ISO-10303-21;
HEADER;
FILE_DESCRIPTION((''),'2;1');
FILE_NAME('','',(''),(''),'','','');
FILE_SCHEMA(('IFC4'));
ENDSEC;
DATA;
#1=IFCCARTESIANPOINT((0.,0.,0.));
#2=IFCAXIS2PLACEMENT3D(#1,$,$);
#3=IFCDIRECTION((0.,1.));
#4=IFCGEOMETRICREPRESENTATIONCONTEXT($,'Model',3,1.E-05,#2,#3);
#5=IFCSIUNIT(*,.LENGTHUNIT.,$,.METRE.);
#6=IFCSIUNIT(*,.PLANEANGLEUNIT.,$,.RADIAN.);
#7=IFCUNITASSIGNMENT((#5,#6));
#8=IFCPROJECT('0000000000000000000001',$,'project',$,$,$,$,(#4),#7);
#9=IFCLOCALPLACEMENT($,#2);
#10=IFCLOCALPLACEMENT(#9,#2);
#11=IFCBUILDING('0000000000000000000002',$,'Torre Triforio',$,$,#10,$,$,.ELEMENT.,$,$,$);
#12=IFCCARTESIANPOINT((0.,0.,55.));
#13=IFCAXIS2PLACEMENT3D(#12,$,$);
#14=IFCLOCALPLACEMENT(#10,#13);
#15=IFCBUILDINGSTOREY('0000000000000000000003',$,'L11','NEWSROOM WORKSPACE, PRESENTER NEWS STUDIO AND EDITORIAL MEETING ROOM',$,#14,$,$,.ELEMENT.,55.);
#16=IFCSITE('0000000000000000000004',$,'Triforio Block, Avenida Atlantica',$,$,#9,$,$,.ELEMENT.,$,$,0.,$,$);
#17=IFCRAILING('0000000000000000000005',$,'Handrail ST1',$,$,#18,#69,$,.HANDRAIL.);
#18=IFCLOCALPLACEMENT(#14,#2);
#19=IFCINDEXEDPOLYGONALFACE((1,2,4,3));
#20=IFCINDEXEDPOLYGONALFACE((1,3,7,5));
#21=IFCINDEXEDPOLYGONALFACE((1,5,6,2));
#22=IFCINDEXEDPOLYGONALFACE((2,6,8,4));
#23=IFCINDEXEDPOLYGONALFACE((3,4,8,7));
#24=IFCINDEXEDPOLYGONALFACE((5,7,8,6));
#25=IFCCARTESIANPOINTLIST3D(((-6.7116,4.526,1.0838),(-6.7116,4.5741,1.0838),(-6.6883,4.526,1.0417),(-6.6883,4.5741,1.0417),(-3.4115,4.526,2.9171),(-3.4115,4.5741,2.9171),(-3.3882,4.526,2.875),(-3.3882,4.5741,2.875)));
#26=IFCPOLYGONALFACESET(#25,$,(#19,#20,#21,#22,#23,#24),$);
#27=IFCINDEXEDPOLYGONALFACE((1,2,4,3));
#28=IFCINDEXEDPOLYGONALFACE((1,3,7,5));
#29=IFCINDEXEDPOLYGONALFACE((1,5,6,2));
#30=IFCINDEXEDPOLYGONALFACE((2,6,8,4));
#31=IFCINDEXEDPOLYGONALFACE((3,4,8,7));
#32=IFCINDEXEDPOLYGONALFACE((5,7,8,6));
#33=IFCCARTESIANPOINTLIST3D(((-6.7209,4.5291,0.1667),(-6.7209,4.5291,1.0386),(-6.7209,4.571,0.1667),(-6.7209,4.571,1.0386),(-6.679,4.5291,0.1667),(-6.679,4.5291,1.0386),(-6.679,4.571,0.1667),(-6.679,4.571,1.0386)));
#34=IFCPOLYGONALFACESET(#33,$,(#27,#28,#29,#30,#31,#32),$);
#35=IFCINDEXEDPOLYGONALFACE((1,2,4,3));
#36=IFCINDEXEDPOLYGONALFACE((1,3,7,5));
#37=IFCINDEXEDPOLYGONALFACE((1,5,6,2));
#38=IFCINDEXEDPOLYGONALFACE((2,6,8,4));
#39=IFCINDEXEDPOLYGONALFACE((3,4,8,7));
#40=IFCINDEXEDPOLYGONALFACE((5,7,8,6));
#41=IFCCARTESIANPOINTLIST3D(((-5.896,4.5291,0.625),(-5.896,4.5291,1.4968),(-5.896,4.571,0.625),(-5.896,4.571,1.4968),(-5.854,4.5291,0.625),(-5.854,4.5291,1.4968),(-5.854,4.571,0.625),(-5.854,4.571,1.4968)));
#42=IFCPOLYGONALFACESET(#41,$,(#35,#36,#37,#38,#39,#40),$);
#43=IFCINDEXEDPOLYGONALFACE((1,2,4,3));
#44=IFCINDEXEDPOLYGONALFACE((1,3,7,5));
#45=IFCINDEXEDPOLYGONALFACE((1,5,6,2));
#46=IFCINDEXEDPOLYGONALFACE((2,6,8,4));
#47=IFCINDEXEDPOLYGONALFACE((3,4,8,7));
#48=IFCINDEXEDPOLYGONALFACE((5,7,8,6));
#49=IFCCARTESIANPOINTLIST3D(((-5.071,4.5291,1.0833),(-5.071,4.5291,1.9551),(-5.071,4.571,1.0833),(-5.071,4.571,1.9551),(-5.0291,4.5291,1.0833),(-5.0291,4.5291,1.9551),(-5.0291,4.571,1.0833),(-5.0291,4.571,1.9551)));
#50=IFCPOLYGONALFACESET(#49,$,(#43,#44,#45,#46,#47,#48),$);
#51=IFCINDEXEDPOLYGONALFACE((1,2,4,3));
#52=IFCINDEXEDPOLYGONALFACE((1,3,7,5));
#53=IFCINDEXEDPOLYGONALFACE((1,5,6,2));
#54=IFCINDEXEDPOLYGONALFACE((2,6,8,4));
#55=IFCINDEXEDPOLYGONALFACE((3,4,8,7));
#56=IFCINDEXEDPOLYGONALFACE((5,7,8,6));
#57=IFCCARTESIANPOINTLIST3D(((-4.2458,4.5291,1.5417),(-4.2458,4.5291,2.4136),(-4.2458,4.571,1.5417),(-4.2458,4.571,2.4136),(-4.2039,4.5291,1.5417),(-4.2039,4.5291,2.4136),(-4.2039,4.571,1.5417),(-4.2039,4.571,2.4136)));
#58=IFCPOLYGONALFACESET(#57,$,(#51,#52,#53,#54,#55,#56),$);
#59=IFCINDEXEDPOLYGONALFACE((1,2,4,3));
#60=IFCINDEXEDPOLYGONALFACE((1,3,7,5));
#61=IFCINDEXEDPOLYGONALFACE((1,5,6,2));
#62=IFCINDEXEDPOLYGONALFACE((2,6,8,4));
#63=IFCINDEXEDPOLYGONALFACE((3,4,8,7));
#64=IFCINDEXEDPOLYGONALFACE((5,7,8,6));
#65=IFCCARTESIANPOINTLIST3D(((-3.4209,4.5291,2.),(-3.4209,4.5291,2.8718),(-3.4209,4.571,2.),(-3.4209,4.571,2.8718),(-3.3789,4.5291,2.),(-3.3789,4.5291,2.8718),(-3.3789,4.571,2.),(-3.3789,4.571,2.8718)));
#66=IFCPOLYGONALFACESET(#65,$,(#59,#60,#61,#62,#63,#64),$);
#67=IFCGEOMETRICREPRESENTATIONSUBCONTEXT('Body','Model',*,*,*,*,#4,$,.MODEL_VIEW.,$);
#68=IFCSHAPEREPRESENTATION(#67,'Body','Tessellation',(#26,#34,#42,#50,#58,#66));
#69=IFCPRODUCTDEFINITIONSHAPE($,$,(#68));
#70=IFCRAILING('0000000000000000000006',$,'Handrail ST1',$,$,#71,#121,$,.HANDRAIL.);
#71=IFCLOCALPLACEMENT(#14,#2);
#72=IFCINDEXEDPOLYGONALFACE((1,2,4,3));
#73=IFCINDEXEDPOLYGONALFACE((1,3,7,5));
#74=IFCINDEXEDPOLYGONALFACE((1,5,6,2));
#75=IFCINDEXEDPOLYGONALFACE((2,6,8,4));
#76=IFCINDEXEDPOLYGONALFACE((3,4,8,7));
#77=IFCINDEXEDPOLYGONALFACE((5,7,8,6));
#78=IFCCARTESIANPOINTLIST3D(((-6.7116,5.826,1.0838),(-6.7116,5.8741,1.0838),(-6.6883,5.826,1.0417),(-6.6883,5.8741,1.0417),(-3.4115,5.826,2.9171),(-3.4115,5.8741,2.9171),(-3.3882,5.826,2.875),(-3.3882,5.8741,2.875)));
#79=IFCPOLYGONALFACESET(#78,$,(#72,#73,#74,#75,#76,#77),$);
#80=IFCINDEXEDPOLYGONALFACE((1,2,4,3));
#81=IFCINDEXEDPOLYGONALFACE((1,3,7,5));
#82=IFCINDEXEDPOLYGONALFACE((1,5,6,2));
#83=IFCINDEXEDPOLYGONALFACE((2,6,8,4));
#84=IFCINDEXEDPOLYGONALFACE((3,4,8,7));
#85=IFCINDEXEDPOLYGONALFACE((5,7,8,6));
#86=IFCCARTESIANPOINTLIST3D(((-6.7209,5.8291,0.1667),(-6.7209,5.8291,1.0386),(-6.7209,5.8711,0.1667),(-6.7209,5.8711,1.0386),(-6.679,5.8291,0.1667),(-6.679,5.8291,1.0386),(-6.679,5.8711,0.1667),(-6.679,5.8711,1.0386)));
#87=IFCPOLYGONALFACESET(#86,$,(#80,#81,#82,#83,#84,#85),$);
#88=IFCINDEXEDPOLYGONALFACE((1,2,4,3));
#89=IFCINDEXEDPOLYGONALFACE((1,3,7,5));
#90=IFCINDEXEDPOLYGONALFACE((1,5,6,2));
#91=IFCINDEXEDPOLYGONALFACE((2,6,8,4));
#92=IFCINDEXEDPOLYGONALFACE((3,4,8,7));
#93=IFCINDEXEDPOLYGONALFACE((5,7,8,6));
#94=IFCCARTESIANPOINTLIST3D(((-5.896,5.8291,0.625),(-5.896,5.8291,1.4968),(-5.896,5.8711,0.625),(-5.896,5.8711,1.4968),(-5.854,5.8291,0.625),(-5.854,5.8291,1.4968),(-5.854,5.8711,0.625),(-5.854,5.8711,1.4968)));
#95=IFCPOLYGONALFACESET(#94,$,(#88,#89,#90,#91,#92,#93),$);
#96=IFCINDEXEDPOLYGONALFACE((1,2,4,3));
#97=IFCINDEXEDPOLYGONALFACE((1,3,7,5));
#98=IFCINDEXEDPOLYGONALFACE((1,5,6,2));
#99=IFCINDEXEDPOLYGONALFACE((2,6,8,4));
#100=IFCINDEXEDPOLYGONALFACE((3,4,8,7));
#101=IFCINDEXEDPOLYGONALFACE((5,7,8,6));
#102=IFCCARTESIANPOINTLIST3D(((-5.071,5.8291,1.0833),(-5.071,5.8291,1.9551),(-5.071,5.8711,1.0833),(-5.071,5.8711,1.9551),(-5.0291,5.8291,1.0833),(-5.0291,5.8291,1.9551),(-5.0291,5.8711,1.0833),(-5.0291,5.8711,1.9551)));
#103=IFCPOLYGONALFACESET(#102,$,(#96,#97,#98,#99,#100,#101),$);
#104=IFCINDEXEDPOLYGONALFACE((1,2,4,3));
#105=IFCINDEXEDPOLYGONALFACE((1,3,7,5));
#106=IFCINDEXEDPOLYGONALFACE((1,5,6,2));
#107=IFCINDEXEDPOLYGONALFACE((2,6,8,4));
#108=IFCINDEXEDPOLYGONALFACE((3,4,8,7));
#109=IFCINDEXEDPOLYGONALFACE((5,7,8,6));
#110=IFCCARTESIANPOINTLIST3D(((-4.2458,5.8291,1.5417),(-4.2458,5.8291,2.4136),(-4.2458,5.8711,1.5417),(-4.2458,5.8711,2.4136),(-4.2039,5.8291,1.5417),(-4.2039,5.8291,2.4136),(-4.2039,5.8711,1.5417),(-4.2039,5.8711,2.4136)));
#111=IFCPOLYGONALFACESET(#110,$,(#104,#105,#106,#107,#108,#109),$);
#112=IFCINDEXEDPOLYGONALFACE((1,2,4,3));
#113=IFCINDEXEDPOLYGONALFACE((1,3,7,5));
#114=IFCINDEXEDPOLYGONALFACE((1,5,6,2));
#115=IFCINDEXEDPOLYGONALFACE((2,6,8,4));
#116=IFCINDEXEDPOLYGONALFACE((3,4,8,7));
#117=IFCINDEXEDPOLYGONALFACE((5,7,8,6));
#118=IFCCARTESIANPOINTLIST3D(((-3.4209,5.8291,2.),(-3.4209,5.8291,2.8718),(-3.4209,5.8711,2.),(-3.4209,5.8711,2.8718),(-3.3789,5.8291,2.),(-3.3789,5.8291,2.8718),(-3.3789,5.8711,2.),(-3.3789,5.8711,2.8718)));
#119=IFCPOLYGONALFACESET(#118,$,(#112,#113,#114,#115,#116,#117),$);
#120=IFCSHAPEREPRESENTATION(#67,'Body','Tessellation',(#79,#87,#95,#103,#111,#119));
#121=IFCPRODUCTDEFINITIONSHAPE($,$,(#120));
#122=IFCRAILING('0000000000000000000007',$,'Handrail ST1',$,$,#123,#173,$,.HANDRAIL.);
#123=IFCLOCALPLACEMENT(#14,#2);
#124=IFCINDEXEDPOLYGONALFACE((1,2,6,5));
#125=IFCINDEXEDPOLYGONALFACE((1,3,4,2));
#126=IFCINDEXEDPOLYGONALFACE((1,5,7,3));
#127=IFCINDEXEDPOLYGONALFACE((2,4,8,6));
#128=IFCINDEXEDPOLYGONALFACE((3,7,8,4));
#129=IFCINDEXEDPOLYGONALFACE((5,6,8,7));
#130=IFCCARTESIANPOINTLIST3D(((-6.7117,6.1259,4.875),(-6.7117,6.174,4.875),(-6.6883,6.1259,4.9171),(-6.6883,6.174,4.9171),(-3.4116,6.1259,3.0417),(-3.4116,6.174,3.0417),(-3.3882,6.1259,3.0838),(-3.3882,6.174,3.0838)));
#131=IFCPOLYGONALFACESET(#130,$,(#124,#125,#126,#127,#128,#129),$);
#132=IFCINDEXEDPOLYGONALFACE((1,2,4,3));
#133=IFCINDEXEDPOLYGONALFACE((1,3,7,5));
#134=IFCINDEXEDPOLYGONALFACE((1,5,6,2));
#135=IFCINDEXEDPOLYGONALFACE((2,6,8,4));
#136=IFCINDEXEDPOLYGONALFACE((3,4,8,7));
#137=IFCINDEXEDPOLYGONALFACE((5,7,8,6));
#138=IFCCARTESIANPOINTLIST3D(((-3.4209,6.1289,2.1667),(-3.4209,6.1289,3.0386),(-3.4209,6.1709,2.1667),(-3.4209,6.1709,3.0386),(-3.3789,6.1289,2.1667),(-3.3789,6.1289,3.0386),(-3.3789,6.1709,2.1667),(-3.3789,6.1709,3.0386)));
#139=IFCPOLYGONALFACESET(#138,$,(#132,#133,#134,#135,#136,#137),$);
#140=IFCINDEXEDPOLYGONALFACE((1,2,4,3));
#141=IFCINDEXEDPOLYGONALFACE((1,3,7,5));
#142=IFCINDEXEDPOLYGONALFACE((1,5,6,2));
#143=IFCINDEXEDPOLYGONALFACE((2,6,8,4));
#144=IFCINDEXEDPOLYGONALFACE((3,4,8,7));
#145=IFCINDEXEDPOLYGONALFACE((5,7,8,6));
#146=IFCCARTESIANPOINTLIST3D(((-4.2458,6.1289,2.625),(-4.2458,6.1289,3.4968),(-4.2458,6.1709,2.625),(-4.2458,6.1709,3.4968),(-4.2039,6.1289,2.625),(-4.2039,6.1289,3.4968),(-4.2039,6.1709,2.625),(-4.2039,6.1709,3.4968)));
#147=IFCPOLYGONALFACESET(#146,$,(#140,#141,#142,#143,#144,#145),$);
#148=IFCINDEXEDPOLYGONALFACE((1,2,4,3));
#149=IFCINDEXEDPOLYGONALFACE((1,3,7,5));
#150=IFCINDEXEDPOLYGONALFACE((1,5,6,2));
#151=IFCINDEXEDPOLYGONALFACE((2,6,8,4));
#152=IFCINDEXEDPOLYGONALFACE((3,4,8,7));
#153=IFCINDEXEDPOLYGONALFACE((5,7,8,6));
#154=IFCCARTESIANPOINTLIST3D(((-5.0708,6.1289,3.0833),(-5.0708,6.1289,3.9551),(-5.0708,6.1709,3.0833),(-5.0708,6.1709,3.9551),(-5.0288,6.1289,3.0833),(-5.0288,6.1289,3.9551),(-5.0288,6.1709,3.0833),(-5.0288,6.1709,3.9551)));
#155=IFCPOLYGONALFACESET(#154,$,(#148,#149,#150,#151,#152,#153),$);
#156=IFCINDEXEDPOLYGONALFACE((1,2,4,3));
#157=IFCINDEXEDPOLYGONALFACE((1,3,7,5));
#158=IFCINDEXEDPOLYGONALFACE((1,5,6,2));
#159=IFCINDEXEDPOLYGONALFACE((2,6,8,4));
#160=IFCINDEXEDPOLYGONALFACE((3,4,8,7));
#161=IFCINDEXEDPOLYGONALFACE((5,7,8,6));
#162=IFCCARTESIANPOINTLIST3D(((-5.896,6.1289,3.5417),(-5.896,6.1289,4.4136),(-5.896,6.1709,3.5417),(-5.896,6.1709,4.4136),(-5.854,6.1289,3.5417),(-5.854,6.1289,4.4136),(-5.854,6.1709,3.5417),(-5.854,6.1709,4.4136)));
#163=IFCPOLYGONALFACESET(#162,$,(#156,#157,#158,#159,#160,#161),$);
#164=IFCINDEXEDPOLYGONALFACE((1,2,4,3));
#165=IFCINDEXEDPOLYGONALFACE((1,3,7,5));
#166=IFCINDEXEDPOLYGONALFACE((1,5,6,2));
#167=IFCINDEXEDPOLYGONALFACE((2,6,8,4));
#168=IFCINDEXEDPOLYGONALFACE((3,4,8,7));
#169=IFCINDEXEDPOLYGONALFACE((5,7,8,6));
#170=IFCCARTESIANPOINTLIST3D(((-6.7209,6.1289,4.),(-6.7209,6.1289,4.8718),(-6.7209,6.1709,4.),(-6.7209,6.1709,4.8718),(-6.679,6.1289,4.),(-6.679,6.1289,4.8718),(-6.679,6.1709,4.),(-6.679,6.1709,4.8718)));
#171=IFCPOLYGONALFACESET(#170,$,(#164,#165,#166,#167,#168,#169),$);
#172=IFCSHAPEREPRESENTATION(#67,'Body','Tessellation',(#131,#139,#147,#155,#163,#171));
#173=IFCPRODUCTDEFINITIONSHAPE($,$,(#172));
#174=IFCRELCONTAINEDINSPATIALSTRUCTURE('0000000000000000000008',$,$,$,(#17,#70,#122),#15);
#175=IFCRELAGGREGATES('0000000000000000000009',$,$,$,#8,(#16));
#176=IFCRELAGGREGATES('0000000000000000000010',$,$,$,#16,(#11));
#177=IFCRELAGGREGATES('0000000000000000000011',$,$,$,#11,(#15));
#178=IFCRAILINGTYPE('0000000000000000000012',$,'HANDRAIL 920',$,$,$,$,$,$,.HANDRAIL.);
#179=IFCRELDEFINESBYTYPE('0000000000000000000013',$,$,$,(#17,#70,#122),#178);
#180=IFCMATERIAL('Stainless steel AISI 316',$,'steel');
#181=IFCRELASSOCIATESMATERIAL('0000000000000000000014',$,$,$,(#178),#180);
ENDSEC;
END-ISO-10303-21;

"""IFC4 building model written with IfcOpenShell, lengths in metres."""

from ifc_helpers import new_model, si_unit, direction, frame, origin, origin_2d, place, context, subcontext, project, spatial, rectangle, extrude, material, type_object, element, save


model = new_model("IFC4")

# Units and contexts
model_context = context("Model", 3, precision=1e-05, world=origin(), true_north=direction((0.0, 1.0)))
body_context = subcontext(model_context, "Body", "Model", "MODEL_VIEW")
ifc_project = project(units=[si_unit("LENGTHUNIT", "METRE"), si_unit("PLANEANGLEUNIT", "RADIAN")], contexts=[model_context])

# Site, building, storey
site_placement = place(None, origin())
site = spatial("IfcSite", under=ifc_project, at=site_placement, Name="Triforio Block, Avenida Atlantica", CompositionType="ELEMENT", RefElevation=0.0)
building_placement = place(site_placement, origin())
building = spatial("IfcBuilding", under=site, at=building_placement, Name="Torre Triforio", CompositionType="ELEMENT")
storey_placement = place(building_placement, frame((0.0, 0.0, 55.0)))
storey = spatial("IfcBuildingStorey", under=building, at=storey_placement, Name="L11", Description="NEWSROOM WORKSPACE, PRESENTER NEWS STUDIO AND EDITORIAL MEETING ROOM", CompositionType="ELEMENT", Elevation=55.0)

# Railings
ifc_material_1 = material(Name="Stainless steel AISI 316", Category="steel")
railing_type = type_object("IfcRailingType", Name="HANDRAIL 920", PredefinedType="HANDRAIL", material=ifc_material_1)
for number, where, name in (
    (1, (-6.7, 4.55, 0.1667), "Handrail ST1"),
    (2, (-6.7, 5.8501, 0.1667), "Handrail ST1"),
):
    element("IfcRailing", number, at=place(storey_placement, frame(where)), inside=storey, type_object=railing_type, Name=name, PredefinedType="HANDRAIL", context=body_context, shape_type="SweptSolid", body=[
        extrude(rectangle(XDim=0.0481, YDim=0.0481, at=origin_2d()), frame((0.0, 0.0, 0.896), z_axis=(0.874169, 0.0, 0.485621), x_axis=(0.0, 1.0, 0.0)), (0.0, 0.0, 1.0), 3.7751),
        extrude(rectangle(XDim=0.042, YDim=0.042, at=origin_2d()), origin(), (0.0, 0.0, 1.0), 0.8718),
        extrude(rectangle(XDim=0.042, YDim=0.042, at=origin_2d()), frame((0.825, 0.0, 0.4583)), (0.0, 0.0, 1.0), 0.8718),
        extrude(rectangle(XDim=0.042, YDim=0.042, at=origin_2d()), frame((1.6499, 0.0, 0.9165)), (0.0, 0.0, 1.0), 0.8718),
        extrude(rectangle(XDim=0.042, YDim=0.042, at=origin_2d()), frame((2.4751, 0.0, 1.375)), (0.0, 0.0, 1.0), 0.8718),
        extrude(rectangle(XDim=0.042, YDim=0.042, at=origin_2d()), frame((3.3, 0.0, 1.8333)), (0.0, 0.0, 1.0), 0.8718),
    ])
railing_placement = place(storey_placement, frame((-3.3999, 6.1499, 2.1667)))
element("IfcRailing", 3, at=railing_placement, inside=storey, type_object=railing_type, Name="Handrail ST1", PredefinedType="HANDRAIL", context=body_context, shape_type="SweptSolid", body=[
    extrude(rectangle(XDim=0.0481, YDim=0.0481, at=origin_2d()), frame((0.0, 0.0, 0.896), z_axis=(-0.874169, 0.0, 0.485621), x_axis=(0.0, -1.0, 0.0)), (0.0, 0.0, 1.0), 3.7751),
    extrude(rectangle(XDim=0.042, YDim=0.042, at=origin_2d()), origin(), (0.0, 0.0, 1.0), 0.8718),
    extrude(rectangle(XDim=0.042, YDim=0.042, at=origin_2d()), frame((-0.825, 0.0, 0.4583)), (0.0, 0.0, 1.0), 0.8718),
    extrude(rectangle(XDim=0.042, YDim=0.042, at=origin_2d()), frame((-1.6499, 0.0, 0.9165)), (0.0, 0.0, 1.0), 0.8718),
    extrude(rectangle(XDim=0.042, YDim=0.042, at=origin_2d()), frame((-2.4751, 0.0, 1.375)), (0.0, 0.0, 1.0), 0.8718),
    extrude(rectangle(XDim=0.042, YDim=0.042, at=origin_2d()), frame((-3.3, 0.0, 1.8333)), (0.0, 0.0, 1.0), 0.8718),
])

save(model, "model.ifc")
